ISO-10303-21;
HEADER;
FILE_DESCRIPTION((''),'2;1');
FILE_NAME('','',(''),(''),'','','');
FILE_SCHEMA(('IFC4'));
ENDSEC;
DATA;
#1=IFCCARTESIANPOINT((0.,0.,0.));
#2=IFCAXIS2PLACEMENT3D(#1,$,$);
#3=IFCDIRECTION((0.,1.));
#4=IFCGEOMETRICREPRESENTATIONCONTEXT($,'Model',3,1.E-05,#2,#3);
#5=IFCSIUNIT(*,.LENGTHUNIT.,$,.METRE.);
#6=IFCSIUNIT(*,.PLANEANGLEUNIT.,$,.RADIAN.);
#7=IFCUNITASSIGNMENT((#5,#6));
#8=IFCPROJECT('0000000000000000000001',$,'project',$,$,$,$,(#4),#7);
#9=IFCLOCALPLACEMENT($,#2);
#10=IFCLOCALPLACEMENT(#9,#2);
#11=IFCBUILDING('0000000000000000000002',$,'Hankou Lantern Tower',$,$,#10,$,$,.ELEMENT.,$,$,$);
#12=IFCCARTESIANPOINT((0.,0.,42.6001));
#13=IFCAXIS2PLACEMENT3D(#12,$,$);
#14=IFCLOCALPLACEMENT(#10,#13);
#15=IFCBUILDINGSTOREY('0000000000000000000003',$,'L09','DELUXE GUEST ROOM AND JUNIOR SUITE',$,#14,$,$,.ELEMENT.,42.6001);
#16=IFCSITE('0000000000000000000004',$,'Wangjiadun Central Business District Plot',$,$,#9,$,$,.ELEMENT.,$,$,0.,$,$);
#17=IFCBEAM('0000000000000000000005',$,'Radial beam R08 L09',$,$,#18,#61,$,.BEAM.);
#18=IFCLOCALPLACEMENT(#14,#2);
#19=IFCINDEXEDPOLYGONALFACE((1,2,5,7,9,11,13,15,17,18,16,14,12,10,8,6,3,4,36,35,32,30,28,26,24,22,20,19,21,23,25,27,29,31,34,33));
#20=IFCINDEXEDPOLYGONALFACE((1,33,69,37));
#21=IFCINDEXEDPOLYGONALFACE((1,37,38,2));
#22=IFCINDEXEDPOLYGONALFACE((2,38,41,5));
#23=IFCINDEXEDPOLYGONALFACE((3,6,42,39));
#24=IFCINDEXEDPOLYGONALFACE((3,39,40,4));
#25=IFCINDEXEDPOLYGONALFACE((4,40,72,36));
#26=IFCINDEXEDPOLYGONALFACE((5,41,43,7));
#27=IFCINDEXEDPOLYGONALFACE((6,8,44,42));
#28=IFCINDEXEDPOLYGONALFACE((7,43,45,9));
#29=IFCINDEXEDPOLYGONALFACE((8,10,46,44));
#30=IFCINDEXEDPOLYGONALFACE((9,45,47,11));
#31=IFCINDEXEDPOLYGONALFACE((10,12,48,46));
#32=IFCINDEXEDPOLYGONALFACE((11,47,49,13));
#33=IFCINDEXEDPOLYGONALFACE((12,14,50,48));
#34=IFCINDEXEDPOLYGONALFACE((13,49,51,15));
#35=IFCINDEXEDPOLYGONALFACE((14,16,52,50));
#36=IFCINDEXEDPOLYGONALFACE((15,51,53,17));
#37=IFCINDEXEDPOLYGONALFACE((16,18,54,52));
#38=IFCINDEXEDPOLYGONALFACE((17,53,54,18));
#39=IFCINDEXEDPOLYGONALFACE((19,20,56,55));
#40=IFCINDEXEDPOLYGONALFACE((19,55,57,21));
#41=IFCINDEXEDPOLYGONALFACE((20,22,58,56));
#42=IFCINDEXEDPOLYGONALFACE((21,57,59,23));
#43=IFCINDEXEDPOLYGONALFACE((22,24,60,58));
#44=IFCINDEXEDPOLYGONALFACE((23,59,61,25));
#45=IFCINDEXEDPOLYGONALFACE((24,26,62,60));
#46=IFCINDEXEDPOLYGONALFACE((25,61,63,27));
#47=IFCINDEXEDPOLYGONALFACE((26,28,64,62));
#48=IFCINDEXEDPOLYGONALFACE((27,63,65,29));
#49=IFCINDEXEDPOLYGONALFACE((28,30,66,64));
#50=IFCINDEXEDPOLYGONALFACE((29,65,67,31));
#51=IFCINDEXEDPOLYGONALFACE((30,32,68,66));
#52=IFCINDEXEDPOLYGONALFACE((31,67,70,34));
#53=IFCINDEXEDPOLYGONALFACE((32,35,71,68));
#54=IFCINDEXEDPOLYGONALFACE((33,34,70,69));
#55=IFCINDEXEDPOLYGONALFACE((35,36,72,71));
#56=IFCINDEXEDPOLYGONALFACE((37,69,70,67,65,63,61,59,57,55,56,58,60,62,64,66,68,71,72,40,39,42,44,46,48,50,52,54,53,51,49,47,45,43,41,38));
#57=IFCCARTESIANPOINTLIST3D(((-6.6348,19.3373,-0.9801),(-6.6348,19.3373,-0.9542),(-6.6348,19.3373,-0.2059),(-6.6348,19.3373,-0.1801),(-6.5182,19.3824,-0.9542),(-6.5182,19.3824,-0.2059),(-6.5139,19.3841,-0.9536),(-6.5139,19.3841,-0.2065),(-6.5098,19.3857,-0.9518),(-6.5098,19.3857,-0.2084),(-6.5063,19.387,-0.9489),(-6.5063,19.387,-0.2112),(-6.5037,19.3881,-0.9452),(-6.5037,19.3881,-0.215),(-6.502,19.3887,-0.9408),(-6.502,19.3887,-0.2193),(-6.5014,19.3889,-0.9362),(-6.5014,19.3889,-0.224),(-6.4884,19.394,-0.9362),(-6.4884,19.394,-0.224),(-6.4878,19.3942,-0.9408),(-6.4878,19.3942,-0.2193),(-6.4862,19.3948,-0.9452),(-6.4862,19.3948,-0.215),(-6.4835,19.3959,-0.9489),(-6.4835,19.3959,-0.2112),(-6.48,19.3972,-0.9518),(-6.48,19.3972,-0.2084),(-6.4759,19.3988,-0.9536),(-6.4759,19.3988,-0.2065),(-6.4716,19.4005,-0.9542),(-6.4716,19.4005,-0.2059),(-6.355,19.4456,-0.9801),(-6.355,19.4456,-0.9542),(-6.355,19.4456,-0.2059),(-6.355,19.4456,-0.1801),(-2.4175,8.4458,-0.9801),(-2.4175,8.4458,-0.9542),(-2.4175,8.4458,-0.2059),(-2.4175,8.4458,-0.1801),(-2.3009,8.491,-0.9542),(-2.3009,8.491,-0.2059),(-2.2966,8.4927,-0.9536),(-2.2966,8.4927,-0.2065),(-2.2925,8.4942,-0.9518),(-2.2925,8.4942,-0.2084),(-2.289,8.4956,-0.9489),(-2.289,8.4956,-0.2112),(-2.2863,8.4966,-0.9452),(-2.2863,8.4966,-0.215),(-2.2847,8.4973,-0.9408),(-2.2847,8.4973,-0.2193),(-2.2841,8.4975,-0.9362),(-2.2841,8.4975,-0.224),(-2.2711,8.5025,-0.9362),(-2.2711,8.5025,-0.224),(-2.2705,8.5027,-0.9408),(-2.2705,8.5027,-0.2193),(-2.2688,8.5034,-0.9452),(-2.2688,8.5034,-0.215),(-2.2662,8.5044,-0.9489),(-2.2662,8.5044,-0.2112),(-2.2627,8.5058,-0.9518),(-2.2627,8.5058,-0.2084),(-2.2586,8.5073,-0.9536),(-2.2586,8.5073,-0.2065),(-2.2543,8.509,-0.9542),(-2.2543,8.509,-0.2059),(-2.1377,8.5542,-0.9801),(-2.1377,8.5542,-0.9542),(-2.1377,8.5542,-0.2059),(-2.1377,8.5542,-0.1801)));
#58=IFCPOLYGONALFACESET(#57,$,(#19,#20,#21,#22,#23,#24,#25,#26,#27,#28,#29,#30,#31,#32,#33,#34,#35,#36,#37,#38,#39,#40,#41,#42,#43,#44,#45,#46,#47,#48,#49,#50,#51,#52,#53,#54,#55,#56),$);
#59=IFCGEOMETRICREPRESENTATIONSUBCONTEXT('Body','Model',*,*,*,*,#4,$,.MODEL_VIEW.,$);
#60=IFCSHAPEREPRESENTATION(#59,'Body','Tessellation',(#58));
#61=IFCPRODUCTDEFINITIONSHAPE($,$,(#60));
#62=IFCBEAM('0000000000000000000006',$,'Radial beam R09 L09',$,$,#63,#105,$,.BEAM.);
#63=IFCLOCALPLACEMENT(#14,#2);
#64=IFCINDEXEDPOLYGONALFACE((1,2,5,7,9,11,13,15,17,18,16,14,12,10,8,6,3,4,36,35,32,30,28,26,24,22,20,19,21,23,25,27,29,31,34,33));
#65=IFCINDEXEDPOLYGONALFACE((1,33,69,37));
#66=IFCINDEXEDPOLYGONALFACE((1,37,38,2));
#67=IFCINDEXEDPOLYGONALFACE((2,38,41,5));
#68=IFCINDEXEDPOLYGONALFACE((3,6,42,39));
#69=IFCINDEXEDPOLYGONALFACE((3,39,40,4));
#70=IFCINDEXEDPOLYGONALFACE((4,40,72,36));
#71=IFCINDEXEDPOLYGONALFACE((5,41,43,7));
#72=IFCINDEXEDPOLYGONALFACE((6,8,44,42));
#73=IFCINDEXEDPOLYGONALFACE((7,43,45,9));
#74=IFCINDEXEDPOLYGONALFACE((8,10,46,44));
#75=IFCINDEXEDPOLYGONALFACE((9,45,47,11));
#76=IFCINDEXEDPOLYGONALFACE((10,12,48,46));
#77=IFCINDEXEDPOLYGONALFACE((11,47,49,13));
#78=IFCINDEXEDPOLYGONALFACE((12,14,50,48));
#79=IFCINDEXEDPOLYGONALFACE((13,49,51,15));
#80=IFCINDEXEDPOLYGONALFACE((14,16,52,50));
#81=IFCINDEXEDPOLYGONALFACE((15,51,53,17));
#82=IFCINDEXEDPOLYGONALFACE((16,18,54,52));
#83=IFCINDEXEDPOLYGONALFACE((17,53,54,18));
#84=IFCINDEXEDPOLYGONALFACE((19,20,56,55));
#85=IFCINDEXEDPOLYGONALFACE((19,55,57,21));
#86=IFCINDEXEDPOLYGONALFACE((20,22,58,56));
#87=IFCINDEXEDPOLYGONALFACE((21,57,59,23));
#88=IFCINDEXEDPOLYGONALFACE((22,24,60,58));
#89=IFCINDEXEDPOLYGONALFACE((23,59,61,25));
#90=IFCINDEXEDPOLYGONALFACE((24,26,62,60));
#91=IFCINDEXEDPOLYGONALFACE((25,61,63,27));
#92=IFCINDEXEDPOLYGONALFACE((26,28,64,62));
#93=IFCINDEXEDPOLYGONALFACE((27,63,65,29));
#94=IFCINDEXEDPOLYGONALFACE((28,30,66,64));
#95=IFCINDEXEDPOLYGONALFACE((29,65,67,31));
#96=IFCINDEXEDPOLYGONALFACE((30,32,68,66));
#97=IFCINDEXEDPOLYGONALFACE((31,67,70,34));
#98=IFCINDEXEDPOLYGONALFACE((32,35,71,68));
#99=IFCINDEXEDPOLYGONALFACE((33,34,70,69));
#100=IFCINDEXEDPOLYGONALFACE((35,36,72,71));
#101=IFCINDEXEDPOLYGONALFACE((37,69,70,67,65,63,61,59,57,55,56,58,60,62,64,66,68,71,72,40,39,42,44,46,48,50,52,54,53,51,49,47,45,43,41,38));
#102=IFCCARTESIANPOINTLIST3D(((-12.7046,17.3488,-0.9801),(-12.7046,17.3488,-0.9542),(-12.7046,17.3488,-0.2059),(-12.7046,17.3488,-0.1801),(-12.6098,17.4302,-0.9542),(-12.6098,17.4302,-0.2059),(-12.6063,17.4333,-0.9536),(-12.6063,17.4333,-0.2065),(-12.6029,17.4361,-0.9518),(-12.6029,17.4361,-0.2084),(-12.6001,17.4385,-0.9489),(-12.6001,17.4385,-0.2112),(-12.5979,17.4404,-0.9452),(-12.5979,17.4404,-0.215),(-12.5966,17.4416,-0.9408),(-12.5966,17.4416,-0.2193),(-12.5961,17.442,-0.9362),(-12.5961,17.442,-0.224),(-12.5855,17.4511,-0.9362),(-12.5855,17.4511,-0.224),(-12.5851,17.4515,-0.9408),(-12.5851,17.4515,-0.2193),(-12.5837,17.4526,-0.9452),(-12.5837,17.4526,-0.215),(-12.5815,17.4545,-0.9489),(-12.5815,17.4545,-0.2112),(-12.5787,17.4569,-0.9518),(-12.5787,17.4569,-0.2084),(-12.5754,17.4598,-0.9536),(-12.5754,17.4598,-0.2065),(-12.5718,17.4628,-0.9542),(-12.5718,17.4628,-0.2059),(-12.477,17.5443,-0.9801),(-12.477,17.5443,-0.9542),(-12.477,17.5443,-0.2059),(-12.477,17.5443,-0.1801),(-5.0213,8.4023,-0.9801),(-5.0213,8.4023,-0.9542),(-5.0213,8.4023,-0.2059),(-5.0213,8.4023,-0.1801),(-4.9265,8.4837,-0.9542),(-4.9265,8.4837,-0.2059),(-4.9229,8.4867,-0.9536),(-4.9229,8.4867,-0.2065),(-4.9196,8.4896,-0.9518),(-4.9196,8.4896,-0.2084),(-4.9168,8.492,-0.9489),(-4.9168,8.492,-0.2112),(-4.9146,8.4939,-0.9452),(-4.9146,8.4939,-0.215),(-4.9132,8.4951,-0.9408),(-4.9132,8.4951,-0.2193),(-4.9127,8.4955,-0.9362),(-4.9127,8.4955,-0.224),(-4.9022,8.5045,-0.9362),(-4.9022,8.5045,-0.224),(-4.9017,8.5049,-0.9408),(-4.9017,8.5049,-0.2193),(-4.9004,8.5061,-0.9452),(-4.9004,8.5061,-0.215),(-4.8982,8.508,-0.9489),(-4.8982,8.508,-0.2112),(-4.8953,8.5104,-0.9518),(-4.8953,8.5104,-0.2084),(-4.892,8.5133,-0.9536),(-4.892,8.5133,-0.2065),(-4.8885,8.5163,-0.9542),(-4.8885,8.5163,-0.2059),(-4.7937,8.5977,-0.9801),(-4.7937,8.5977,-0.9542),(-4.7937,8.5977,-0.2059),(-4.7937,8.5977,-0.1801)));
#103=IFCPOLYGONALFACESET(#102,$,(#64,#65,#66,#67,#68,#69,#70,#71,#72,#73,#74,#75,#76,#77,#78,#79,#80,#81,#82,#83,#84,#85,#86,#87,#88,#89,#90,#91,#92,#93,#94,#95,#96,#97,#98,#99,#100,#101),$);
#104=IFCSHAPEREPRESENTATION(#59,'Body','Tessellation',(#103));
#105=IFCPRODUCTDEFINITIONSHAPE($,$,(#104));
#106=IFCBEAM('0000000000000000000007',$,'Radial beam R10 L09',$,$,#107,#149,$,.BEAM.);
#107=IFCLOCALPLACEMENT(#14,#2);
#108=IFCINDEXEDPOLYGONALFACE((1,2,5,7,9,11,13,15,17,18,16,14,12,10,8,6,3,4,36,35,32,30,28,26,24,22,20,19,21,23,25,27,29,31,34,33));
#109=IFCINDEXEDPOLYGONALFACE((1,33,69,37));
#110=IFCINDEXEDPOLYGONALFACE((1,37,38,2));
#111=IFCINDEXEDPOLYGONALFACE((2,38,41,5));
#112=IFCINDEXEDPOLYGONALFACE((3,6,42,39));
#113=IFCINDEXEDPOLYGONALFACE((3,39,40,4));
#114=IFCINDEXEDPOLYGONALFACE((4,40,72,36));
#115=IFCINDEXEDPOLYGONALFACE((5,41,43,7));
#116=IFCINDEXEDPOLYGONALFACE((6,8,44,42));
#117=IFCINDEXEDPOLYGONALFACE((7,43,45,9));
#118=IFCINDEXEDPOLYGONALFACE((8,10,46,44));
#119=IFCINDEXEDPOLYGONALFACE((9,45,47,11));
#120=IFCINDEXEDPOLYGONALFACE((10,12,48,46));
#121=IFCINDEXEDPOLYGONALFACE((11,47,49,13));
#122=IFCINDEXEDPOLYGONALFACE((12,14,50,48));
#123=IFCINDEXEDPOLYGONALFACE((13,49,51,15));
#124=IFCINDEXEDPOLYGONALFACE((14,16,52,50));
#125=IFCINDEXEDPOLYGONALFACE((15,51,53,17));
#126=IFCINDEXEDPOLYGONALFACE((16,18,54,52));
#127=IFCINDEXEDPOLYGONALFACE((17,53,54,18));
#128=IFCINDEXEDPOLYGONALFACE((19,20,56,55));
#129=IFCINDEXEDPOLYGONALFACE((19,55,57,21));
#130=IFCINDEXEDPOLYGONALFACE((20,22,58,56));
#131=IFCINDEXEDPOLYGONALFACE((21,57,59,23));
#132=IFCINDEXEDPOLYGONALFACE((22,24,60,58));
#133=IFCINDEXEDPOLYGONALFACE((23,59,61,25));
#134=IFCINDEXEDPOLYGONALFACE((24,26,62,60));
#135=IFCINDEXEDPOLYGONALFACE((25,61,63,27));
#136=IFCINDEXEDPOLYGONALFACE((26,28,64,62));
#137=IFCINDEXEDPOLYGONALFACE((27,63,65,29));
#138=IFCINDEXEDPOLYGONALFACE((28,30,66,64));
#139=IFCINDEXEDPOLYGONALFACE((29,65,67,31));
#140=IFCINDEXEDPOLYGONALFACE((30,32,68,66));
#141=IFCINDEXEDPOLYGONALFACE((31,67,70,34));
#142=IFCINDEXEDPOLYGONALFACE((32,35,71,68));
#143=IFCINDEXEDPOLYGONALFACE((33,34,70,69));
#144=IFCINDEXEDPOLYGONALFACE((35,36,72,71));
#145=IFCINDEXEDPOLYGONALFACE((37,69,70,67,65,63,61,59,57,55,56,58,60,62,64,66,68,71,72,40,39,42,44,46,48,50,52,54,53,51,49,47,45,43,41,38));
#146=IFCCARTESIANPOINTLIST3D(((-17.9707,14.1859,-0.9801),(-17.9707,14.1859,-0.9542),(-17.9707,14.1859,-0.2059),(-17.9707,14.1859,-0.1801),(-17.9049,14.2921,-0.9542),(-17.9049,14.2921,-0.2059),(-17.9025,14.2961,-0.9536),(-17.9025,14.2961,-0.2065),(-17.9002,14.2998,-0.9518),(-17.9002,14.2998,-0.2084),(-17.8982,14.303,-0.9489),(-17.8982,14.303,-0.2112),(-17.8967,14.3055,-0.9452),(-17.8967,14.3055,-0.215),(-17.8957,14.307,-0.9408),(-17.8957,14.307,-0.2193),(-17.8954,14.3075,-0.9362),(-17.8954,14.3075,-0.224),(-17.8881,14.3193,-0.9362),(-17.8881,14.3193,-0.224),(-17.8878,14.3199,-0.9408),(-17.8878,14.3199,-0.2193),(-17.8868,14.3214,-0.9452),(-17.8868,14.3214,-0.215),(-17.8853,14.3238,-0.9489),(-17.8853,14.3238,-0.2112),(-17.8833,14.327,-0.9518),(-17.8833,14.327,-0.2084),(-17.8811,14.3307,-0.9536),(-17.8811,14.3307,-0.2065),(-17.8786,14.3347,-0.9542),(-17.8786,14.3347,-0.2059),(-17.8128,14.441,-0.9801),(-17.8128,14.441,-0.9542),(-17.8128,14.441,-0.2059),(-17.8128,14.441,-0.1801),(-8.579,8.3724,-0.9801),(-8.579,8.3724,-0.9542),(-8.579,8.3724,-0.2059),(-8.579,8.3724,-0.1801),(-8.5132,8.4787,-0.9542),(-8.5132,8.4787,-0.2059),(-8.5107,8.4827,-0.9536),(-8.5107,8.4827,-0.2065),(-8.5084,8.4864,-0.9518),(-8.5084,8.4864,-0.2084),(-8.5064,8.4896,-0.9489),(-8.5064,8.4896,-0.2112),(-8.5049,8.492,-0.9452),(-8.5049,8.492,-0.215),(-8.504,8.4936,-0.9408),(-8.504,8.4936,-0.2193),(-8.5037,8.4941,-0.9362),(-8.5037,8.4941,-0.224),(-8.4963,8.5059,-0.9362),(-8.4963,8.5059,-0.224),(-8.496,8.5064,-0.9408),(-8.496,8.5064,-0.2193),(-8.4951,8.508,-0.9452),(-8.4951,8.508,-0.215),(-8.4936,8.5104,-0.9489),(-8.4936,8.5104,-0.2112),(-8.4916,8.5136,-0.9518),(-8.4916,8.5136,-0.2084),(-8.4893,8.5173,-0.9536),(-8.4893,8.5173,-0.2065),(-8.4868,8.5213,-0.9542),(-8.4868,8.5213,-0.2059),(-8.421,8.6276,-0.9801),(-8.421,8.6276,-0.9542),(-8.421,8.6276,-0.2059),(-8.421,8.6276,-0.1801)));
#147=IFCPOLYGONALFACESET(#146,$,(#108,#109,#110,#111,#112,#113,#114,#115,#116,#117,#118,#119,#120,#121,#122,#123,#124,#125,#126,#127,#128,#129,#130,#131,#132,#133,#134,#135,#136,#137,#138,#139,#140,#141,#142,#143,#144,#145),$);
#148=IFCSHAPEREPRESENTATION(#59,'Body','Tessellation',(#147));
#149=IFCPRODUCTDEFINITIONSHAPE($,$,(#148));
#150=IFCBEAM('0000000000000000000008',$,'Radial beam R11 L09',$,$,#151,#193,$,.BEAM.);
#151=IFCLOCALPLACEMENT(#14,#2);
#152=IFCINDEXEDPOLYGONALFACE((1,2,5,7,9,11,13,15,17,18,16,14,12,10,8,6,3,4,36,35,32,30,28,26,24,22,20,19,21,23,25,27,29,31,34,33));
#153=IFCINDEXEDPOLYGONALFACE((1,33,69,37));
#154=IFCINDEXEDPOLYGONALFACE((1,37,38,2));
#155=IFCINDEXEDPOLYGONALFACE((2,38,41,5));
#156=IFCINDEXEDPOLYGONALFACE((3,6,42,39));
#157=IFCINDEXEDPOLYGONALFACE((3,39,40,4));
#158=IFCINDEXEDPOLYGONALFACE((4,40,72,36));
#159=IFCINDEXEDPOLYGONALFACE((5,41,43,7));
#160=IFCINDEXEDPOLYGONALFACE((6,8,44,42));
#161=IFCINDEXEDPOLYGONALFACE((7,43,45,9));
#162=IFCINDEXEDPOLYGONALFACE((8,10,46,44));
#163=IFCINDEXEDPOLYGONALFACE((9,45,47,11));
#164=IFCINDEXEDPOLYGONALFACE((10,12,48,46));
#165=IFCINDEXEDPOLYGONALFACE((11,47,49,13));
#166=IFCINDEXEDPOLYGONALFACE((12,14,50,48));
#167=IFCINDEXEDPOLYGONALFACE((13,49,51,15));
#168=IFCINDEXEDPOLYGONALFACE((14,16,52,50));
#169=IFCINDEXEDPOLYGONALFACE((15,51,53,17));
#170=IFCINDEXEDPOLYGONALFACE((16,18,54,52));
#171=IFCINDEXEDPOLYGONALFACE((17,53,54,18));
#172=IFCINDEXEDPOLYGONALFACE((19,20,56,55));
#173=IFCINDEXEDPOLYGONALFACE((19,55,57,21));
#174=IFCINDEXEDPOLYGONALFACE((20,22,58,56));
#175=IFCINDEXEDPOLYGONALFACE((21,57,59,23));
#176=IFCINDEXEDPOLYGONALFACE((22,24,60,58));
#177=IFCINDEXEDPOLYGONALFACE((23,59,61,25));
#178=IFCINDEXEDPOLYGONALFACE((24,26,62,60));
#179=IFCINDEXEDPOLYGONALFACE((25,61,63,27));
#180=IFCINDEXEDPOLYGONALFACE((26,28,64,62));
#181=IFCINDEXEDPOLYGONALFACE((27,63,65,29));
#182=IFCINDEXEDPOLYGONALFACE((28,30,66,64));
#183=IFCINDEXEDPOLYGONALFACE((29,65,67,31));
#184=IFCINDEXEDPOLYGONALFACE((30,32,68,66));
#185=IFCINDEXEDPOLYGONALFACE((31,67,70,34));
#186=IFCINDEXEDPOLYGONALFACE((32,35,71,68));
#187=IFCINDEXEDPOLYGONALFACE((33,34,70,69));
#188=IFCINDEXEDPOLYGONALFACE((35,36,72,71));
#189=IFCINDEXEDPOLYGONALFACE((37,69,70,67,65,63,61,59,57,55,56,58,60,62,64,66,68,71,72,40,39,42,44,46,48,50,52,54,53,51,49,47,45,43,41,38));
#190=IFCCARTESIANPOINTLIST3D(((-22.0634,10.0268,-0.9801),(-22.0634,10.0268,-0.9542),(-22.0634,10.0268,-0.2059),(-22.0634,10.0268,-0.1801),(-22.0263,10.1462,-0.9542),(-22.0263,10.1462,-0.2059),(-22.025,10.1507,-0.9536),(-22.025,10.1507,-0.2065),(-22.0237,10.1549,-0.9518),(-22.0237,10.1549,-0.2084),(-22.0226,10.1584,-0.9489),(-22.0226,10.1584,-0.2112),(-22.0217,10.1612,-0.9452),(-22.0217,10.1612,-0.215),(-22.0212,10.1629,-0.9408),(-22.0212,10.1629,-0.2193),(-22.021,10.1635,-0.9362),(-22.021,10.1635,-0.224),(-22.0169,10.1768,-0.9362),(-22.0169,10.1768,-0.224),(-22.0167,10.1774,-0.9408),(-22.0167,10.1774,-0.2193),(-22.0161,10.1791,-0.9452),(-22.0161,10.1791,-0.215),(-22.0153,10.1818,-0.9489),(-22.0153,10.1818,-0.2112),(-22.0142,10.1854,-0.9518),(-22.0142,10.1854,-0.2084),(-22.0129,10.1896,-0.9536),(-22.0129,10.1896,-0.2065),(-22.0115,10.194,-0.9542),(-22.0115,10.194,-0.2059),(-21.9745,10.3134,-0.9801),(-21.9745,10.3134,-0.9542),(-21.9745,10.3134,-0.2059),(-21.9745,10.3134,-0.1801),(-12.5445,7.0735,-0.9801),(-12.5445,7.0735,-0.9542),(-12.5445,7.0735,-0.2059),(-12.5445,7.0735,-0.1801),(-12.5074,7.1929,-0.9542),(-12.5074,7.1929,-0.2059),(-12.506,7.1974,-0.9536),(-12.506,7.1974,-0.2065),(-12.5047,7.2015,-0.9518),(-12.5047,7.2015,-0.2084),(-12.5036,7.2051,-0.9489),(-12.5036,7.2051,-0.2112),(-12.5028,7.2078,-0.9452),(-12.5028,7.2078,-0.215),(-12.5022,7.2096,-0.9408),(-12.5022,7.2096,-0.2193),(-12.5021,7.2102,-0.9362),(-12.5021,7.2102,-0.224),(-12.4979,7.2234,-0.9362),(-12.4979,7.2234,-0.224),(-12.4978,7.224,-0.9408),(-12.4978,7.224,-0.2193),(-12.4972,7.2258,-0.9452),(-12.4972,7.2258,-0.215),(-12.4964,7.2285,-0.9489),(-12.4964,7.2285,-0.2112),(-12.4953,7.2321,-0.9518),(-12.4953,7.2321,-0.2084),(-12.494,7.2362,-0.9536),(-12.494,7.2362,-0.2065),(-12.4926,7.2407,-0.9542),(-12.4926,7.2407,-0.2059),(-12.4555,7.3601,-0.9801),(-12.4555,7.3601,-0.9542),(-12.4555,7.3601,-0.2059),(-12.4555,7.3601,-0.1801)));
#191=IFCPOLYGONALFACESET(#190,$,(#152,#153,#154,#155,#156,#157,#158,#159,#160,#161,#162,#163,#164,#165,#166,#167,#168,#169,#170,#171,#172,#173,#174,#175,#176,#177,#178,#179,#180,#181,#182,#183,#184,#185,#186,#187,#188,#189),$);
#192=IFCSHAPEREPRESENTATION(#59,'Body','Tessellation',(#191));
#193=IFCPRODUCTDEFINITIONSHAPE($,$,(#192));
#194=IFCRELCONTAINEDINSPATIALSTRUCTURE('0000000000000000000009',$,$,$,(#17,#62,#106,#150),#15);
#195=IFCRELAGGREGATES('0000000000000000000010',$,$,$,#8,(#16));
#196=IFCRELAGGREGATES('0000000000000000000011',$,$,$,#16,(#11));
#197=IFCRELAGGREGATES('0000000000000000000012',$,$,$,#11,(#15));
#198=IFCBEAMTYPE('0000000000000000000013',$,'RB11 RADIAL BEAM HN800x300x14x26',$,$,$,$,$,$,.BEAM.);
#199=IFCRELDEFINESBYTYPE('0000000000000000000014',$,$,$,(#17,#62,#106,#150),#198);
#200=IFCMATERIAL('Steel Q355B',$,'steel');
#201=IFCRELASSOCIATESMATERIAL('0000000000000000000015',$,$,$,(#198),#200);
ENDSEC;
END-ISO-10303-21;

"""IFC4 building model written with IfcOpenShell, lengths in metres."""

from ifc_helpers import new_model, si_unit, direction, frame, origin, origin_2d, place, context, subcontext, project, spatial, i_section, extrude, material, material_profile, profile_set, type_object, element, save


model = new_model("IFC4")

# Units and contexts
model_context = context("Model", 3, precision=1e-05, world=origin(), true_north=direction((0.0, 1.0)))
body_context = subcontext(model_context, "Body", "Model", "MODEL_VIEW")
ifc_project = project(units=[si_unit("LENGTHUNIT", "METRE"), si_unit("PLANEANGLEUNIT", "RADIAN")], contexts=[model_context])

# Site, building, storey
site_placement = place(None, origin())
site = spatial("IfcSite", under=ifc_project, at=site_placement, Name="Wangjiadun Central Business District Plot", CompositionType="ELEMENT", RefElevation=0.0)
building_placement = place(site_placement, origin())
building = spatial("IfcBuilding", under=site, at=building_placement, Name="Hankou Lantern Tower", CompositionType="ELEMENT")
storey_placement = place(building_placement, frame((0.0, 0.0, 42.6001)))
storey = spatial("IfcBuildingStorey", under=building, at=storey_placement, Name="L09", Description="DELUXE GUEST ROOM AND JUNIOR SUITE", CompositionType="ELEMENT", Elevation=42.6001)

# Beams
ifc_material_1 = material(Name="Steel Q355B", Category="steel")
ifc_material_profile_1 = material_profile(ifc_material_1, i_section(OverallWidth=0.3, OverallDepth=0.8, WebThickness=0.0139, FlangeThickness=0.0259, FilletRadius=0.0181, at=origin_2d()), Name="HN800x300x14x26")
ifc_profile_set_1 = profile_set([ifc_material_profile_1], Name="Steel Q355B")
beam_type_1 = type_object("IfcBeamType", Name="RB11 RADIAL BEAM HN800x300x14x26", PredefinedType="BEAM", material=ifc_profile_set_1)
beam_1_placement = place(storey_placement, frame((-2.2776, 8.5, -0.5801), z_axis=(-0.361089, 0.932531, 0.0), x_axis=(-0.932531, -0.361089, 0.0)))
element("IfcBeam", 1, at=beam_1_placement, inside=storey, type_object=beam_type_1, Name="Radial beam R08 L09", PredefinedType="BEAM", context=body_context, shape_type="SweptSolid", body=[
    extrude(i_section(OverallWidth=0.3, OverallDepth=0.8, WebThickness=0.0139, FlangeThickness=0.0259, FilletRadius=0.0181, at=origin_2d()), origin(), (0.0, 0.0, 1.0), 11.6794),
])
beam_2_placement = place(storey_placement, frame((-4.9075, 8.5, -0.5801), z_axis=(-0.651519, 0.758632, 0.0), x_axis=(-0.758632, -0.651519, 0.0)))
element("IfcBeam", 2, at=beam_2_placement, inside=storey, type_object=beam_type_1, Name="Radial beam R09 L09", PredefinedType="BEAM", context=body_context, shape_type="SweptSolid", body=[
    extrude(i_section(OverallWidth=0.3, OverallDepth=0.8, WebThickness=0.0139, FlangeThickness=0.0259, FilletRadius=0.0181, at=origin_2d()), origin(), (0.0, 0.0, 1.0), 11.793),
])
beam_3_placement = place(storey_placement, frame((-8.5, 8.5, -0.5801), z_axis=(-0.850286, 0.52632, 0.0), x_axis=(-0.52632, -0.850286, 0.0)))
element("IfcBeam", 3, at=beam_3_placement, inside=storey, type_object=beam_type_1, Name="Radial beam R10 L09", PredefinedType="BEAM", context=body_context, shape_type="SweptSolid", body=[
    extrude(i_section(OverallWidth=0.3, OverallDepth=0.8, WebThickness=0.0139, FlangeThickness=0.0259, FilletRadius=0.0181, at=origin_2d()), origin(), (0.0, 0.0, 1.0), 11.0454),
])
beam_4_placement = place(storey_placement, frame((-12.5, 7.2168, -0.5801), z_axis=(-0.955087, 0.296324, 0.0), x_axis=(-0.296324, -0.955087, 0.0)))
element("IfcBeam", 4, at=beam_4_placement, inside=storey, type_object=beam_type_1, Name="Radial beam R11 L09", PredefinedType="BEAM", context=body_context, shape_type="SweptSolid", body=[
    extrude(i_section(OverallWidth=0.3, OverallDepth=0.8, WebThickness=0.0139, FlangeThickness=0.0259, FilletRadius=0.0181, at=origin_2d()), origin(), (0.0, 0.0, 1.0), 9.9666),
])

save(model, "model.ifc")
